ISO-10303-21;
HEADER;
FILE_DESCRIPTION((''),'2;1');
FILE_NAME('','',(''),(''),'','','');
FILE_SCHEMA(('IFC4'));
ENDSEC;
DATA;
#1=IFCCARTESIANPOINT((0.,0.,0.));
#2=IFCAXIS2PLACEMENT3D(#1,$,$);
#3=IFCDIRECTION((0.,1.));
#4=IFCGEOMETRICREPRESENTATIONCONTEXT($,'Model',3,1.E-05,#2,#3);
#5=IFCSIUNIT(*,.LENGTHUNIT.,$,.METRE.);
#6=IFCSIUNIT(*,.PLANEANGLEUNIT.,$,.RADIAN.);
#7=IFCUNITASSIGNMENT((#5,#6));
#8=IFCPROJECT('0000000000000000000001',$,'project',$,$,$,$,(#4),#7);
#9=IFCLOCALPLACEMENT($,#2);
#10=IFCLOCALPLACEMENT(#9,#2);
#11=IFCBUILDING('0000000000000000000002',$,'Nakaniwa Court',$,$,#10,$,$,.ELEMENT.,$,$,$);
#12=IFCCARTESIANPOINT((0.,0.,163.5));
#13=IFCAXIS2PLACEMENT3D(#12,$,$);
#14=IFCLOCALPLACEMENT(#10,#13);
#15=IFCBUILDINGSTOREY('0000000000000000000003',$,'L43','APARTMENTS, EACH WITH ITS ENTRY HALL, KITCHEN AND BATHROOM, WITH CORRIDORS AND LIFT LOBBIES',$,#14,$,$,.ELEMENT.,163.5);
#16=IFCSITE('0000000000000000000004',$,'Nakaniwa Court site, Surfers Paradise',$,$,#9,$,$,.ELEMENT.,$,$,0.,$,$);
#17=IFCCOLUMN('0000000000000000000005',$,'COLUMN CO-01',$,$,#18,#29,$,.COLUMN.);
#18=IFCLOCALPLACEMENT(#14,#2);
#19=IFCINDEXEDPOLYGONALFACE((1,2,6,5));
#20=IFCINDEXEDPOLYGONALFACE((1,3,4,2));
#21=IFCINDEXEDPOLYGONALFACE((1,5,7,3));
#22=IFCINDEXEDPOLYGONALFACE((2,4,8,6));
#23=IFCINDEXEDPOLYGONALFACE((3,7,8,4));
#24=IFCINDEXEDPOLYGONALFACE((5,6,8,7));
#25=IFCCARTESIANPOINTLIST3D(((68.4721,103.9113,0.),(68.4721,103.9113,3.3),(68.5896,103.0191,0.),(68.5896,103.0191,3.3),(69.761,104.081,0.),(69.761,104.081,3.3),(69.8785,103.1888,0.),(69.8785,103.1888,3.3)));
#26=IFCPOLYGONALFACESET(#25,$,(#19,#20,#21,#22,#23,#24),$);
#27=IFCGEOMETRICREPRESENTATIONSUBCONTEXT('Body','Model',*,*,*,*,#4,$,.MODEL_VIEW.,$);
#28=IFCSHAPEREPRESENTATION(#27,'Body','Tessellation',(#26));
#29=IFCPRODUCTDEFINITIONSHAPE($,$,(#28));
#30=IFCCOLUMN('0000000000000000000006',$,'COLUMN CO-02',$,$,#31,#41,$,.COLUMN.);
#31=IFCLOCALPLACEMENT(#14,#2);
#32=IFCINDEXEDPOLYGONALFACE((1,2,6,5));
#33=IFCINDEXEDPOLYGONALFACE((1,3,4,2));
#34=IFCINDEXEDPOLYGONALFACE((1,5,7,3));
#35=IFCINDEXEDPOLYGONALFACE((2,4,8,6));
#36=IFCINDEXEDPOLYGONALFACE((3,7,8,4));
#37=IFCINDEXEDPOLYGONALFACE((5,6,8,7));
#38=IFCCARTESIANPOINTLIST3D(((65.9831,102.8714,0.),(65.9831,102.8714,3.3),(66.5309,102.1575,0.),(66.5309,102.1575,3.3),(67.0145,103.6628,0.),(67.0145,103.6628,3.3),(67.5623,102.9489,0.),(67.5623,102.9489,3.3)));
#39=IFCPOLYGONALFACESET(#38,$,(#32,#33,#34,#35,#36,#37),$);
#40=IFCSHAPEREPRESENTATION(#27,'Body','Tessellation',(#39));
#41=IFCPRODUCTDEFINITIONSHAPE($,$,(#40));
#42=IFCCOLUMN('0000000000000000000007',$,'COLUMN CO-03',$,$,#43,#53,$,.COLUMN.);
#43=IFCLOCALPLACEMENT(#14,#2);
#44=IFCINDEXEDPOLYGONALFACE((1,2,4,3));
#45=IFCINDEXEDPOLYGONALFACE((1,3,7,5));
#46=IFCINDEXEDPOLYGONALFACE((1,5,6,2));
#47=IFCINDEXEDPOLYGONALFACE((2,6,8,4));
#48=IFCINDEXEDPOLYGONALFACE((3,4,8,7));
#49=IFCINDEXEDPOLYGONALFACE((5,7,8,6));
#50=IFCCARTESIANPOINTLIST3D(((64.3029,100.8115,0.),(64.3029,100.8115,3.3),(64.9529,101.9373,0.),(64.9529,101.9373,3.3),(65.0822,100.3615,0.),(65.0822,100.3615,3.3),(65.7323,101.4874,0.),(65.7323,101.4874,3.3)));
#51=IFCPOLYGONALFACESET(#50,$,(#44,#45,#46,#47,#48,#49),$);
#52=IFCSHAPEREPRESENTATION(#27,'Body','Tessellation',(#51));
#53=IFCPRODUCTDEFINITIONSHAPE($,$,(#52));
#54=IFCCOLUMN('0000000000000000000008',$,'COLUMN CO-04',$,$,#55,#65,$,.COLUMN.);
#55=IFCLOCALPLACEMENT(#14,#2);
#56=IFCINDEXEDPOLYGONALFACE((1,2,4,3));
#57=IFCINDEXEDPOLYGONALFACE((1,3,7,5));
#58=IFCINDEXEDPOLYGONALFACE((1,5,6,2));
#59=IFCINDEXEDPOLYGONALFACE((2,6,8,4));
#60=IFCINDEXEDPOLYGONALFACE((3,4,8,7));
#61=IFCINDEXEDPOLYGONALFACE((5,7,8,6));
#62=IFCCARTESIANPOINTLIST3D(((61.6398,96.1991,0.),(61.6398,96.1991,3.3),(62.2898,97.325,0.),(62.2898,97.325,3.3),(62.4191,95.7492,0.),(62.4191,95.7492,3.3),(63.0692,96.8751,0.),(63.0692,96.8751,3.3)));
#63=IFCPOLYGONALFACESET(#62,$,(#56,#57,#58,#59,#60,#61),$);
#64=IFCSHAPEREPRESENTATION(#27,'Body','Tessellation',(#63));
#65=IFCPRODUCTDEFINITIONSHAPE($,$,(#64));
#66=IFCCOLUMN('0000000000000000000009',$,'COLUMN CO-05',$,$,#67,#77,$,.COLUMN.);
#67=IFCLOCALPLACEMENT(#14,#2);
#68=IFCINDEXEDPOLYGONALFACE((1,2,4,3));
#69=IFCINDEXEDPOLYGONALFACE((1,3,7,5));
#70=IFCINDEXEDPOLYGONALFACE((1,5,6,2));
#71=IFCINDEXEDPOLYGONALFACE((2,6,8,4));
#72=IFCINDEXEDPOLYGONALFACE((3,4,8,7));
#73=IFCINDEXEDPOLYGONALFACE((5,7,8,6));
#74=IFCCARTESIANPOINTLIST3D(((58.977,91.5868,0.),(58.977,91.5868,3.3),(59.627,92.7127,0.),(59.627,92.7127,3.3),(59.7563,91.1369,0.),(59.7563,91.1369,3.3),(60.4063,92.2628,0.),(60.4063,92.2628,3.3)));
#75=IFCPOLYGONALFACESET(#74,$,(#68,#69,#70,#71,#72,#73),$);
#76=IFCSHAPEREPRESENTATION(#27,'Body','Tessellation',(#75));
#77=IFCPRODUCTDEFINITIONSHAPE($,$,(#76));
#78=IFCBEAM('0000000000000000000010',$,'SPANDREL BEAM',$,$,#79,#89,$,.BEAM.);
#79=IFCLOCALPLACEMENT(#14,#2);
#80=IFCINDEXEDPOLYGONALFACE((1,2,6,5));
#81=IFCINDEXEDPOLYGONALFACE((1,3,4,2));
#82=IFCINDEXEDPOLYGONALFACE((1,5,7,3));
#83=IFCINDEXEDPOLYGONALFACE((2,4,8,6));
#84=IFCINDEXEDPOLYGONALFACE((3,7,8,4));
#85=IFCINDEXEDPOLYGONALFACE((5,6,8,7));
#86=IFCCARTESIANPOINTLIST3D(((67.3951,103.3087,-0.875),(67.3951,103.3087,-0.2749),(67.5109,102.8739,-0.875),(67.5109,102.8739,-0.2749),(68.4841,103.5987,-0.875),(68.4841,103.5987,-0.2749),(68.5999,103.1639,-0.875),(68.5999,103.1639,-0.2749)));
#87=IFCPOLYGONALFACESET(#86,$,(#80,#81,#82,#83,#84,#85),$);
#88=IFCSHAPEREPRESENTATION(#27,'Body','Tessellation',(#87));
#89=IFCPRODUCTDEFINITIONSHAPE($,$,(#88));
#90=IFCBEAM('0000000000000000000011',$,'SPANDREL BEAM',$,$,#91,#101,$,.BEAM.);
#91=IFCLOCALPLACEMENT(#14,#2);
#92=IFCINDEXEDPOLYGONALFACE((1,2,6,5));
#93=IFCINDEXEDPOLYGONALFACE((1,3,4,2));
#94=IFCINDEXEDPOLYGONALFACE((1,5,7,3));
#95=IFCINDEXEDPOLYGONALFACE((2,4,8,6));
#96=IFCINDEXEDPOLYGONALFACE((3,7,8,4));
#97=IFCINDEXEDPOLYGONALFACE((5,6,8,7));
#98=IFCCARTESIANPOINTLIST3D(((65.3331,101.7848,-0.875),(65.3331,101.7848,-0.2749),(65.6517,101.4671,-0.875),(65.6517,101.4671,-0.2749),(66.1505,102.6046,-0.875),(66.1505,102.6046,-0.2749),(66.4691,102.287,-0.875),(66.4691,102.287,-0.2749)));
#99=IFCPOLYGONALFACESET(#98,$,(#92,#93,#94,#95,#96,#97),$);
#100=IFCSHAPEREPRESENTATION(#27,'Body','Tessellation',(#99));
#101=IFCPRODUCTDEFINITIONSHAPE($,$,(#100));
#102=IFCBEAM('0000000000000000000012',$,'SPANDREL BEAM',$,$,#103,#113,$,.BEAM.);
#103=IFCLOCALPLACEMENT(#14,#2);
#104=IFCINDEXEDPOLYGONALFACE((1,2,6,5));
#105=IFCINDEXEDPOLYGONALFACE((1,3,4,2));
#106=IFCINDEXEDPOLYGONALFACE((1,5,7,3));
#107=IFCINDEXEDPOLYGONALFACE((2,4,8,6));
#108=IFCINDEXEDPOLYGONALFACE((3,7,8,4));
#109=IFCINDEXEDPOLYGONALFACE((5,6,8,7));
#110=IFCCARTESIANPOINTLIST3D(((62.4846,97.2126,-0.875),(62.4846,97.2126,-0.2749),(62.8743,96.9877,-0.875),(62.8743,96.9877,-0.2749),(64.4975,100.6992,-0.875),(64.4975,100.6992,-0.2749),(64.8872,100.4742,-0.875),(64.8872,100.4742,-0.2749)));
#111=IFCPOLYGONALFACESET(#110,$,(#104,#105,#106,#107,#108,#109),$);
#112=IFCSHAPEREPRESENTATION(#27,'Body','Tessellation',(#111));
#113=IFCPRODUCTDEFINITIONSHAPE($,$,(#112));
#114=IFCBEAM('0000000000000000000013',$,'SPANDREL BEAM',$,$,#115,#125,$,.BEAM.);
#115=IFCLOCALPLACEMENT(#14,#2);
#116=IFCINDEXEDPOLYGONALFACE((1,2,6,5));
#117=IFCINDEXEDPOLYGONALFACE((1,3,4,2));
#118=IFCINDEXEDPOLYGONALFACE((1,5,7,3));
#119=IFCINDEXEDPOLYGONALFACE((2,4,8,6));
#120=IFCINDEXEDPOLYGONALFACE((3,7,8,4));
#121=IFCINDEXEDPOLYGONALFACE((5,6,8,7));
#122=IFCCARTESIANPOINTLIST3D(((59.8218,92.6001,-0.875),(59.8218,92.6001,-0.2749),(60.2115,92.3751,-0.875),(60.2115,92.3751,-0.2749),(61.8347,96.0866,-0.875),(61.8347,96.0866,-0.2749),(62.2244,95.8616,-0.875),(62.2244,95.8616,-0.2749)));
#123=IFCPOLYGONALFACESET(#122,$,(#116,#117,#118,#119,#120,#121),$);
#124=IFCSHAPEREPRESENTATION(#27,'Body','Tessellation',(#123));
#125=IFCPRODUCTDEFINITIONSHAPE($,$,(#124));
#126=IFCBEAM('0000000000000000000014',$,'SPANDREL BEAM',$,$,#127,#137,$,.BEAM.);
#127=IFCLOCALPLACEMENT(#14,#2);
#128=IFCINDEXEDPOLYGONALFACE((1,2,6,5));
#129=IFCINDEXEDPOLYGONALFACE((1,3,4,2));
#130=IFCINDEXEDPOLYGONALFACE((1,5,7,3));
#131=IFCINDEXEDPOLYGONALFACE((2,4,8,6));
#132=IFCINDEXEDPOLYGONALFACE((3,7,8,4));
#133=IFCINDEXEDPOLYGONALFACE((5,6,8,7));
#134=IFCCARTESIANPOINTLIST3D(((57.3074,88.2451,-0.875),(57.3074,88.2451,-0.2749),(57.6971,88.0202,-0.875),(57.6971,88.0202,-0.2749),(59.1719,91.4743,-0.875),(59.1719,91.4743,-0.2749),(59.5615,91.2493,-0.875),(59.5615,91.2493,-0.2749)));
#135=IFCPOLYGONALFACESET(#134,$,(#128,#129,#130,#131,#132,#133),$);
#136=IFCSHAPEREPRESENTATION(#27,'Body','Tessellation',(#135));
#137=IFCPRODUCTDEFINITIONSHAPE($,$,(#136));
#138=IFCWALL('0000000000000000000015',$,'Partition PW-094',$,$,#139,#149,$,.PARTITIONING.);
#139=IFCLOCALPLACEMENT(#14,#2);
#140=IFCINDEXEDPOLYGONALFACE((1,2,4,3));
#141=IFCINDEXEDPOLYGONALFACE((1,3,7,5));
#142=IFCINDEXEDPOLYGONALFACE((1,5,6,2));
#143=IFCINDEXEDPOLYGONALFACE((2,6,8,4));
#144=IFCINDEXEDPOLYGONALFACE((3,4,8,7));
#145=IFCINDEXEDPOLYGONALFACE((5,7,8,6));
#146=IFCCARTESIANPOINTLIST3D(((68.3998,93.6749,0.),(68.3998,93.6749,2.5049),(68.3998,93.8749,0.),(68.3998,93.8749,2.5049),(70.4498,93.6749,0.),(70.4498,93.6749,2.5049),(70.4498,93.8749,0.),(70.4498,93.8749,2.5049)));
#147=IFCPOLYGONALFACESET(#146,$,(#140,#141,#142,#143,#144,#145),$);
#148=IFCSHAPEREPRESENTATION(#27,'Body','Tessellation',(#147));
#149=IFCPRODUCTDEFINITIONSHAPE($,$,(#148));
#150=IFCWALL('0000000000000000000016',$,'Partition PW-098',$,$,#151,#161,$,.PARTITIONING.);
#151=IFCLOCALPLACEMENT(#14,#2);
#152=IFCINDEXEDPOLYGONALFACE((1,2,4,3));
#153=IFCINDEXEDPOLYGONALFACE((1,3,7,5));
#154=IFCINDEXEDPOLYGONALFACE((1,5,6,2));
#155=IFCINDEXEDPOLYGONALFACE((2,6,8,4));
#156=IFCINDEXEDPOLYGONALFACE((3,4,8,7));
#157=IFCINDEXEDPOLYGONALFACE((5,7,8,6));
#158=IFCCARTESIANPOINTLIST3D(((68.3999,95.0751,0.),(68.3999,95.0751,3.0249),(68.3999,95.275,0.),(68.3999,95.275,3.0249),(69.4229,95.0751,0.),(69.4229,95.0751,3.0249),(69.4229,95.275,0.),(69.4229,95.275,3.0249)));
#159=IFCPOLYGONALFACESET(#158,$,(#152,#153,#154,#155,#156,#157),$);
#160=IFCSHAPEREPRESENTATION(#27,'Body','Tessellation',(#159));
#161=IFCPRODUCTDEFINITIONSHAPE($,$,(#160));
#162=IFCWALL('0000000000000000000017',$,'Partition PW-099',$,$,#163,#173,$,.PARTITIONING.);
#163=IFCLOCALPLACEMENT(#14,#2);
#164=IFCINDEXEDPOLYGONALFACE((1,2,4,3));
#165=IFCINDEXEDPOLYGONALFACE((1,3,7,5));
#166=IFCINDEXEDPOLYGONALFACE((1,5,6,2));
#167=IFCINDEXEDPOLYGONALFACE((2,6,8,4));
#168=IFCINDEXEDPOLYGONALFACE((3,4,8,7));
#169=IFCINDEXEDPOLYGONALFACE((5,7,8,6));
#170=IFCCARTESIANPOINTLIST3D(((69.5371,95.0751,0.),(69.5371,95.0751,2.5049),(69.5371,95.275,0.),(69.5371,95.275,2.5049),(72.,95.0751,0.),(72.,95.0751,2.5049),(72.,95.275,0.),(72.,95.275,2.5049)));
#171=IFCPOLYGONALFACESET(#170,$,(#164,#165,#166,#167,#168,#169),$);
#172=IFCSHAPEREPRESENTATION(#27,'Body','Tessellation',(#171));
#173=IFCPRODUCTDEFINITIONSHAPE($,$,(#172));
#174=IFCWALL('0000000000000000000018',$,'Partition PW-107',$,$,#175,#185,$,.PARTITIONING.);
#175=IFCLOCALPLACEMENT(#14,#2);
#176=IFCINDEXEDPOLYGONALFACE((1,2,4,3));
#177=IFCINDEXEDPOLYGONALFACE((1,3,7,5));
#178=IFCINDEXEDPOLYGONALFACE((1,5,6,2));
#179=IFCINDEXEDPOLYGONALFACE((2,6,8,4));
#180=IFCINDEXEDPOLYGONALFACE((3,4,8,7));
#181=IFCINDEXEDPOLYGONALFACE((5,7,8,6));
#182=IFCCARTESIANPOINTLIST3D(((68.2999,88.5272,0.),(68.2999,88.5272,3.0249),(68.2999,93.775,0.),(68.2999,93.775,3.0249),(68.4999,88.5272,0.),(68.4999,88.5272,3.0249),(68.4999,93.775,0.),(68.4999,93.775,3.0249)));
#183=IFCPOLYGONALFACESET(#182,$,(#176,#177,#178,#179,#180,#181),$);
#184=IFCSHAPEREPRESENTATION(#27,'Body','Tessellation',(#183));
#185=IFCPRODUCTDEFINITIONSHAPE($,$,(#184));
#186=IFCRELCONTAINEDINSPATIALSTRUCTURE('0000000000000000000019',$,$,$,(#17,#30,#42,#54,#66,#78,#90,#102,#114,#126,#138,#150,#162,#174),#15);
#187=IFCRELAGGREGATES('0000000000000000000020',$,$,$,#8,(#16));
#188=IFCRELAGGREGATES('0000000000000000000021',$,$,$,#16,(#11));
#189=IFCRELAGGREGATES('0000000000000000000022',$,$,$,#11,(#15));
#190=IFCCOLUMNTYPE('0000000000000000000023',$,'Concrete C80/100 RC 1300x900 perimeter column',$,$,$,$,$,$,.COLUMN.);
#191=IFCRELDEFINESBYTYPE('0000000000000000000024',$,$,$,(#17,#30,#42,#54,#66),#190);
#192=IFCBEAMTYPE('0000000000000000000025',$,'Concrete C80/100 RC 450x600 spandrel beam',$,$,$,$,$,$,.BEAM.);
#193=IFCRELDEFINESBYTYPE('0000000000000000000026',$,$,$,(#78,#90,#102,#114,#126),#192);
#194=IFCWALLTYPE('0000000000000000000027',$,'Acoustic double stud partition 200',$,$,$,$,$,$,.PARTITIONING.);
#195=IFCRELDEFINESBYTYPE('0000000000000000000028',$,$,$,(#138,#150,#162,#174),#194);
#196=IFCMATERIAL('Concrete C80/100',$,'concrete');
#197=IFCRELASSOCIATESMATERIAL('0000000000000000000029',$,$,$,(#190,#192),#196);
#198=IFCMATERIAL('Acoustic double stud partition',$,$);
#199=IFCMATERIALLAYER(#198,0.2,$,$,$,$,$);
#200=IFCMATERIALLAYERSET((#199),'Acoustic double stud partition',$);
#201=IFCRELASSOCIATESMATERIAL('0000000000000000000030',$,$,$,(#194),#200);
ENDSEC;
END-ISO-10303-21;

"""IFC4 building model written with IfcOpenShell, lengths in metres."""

from ifc_helpers import new_model, si_unit, direction, frame, frame_2d, origin, origin_2d, place, context, subcontext, project, spatial, rectangle, extrude, material, layer, layer_set, material_profile, profile_set, type_object, element, save


model = new_model("IFC4")

# Units and contexts
model_context = context("Model", 3, precision=1e-05, world=origin(), true_north=direction((0.0, 1.0)))
body_context = subcontext(model_context, "Body", "Model", "MODEL_VIEW")
ifc_project = project(units=[si_unit("LENGTHUNIT", "METRE"), si_unit("PLANEANGLEUNIT", "RADIAN")], contexts=[model_context])

# Site, building, storey
site_placement = place(None, origin())
site = spatial("IfcSite", under=ifc_project, at=site_placement, Name="Nakaniwa Court site, Surfers Paradise", CompositionType="ELEMENT", RefElevation=0.0)
building_placement = place(site_placement, origin())
building = spatial("IfcBuilding", under=site, at=building_placement, Name="Nakaniwa Court", CompositionType="ELEMENT")
storey_placement = place(building_placement, frame((0.0, 0.0, 163.5)))
storey = spatial("IfcBuildingStorey", under=building, at=storey_placement, Name="L43", Description="APARTMENTS, EACH WITH ITS ENTRY HALL, KITCHEN AND BATHROOM, WITH CORRIDORS AND LIFT LOBBIES", CompositionType="ELEMENT", Elevation=163.5)

# Columns
ifc_material_1 = material(Name="Concrete C80/100", Category="concrete")
ifc_material_profile_1 = material_profile(ifc_material_1, rectangle(XDim=1.3, YDim=0.8999, at=origin_2d()), Name="Concrete C80/100 RC 1300x900 perimeter column")
ifc_profile_set_1 = profile_set([ifc_material_profile_1], Name="Concrete C80/100")
column_type = type_object("IfcColumnType", Name="Concrete C80/100 RC 1300x900 perimeter column", PredefinedType="COLUMN", material=ifc_profile_set_1)
for number, where, z_axis, x_axis, name in (
    (1, (69.1753, 103.55, 0.0), (0.0, 0.0, 1.0), (-0.991443, -0.130543, 0.0), "COLUMN CO-01"),
    (2, (66.7727, 102.9102, 0.0), (0.0, 0.0, 1.0), (-0.793364, -0.608748, 0.0), "COLUMN CO-02"),
    (3, (65.0176, 101.1494, 0.0), (0.0, 0.0, 1.0), (-0.5, -0.866025, 0.0), "COLUMN CO-03"),
    (4, (62.3545, 96.5371, 0.0), (0.0, 0.0, 1.0), (-0.5, -0.866025, 0.0), "COLUMN CO-04"),
    (5, (59.6917, 91.9248, 0.0), (0.0, 0.0, 1.0), (-0.5, -0.866025, 0.0), "COLUMN CO-05"),
):
    element("IfcColumn", number, at=place(storey_placement, frame(where, z_axis=z_axis, x_axis=x_axis)), inside=storey, type_object=column_type, Name=name, PredefinedType="COLUMN", context=body_context, shape_type="SweptSolid", body=[
        extrude(rectangle(XDim=1.3, YDim=0.8999, at=origin_2d()), origin(), (0.0, 0.0, 1.0), 3.3),
    ])

# Beams
ifc_material_profile_2 = material_profile(ifc_material_1, rectangle(XDim=0.45, YDim=0.6001, at=origin_2d()), Name="Concrete C80/100 RC 450x600 spandrel beam")
ifc_profile_set_2 = profile_set([ifc_material_profile_2], Name="Concrete C80/100")
beam_type = type_object("IfcBeamType", Name="Concrete C80/100 RC 450x600 spandrel beam", PredefinedType="BEAM", material=ifc_profile_set_2)
beam_1_placement = place(storey_placement, frame((68.542, 103.3813, -0.575), z_axis=(-0.966321, -0.257339, 0.0), x_axis=(0.257339, -0.966321, 0.0)))
element("IfcBeam", 6, at=beam_1_placement, inside=storey, type_object=beam_type, Name="SPANDREL BEAM", PredefinedType="BEAM", context=body_context, shape_type="SweptSolid", body=[
    extrude(rectangle(XDim=0.45, YDim=0.6001, at=origin_2d()), origin(), (0.0, 0.0, 1.0), 1.127),
])
beam_2_placement = place(storey_placement, frame((66.3098, 102.4458, -0.575), z_axis=(-0.706052, -0.70816, 0.0), x_axis=(0.70816, -0.706052, 0.0)))
element("IfcBeam", 7, at=beam_2_placement, inside=storey, type_object=beam_type, Name="SPANDREL BEAM", PredefinedType="BEAM", context=body_context, shape_type="SweptSolid", body=[
    extrude(rectangle(XDim=0.45, YDim=0.6001, at=origin_2d()), origin(), (0.0, 0.0, 1.0), 1.1577),
])
for number, where, z_axis, x_axis, name in (
    (8, (64.6924, 100.5867, -0.575), (-0.499994, -0.866029, 0.0), (0.866029, -0.499994, 0.0), "SPANDREL BEAM"),
    (9, (62.0295, 95.9741, -0.575), (-0.499994, -0.866029, 0.0), (0.866029, -0.499994, 0.0), "SPANDREL BEAM"),
):
    element("IfcBeam", number, at=place(storey_placement, frame(where, z_axis=z_axis, x_axis=x_axis)), inside=storey, type_object=beam_type, Name=name, PredefinedType="BEAM", context=body_context, shape_type="SweptSolid", body=[
        extrude(rectangle(XDim=0.45, YDim=0.6001, at=origin_2d()), origin(), (0.0, 0.0, 1.0), 4.0259),
    ])
beam_3_placement = place(storey_placement, frame((59.3667, 91.3618, -0.575), z_axis=(-0.500019, -0.866014, 0.0), x_axis=(0.866014, -0.500019, 0.0)))
element("IfcBeam", 10, at=beam_3_placement, inside=storey, type_object=beam_type, Name="SPANDREL BEAM", PredefinedType="BEAM", context=body_context, shape_type="SweptSolid", body=[
    extrude(rectangle(XDim=0.45, YDim=0.6001, at=origin_2d()), origin(), (0.0, 0.0, 1.0), 3.7288),
])

# Walls
ifc_material_2 = material(Name="Acoustic double stud partition")
ifc_layer_1 = layer(ifc_material_2, 0.2)
ifc_layer_set_1 = layer_set([ifc_layer_1], Name="Acoustic double stud partition")
wall_type_1 = type_object("IfcWallType", Name="Acoustic double stud partition 200", PredefinedType="PARTITIONING", material=ifc_layer_set_1)
wall_1_placement = place(storey_placement, frame((68.3999, 93.7749, 0.0), z_axis=(0.0, 0.0, 1.0), x_axis=(1.0, 0.0, 0.0)))
element("IfcWall", 11, at=wall_1_placement, inside=storey, type_object=wall_type_1, Name="Partition PW-094", PredefinedType="PARTITIONING", context=body_context, shape_type="SweptSolid", body=[
    extrude(rectangle(XDim=2.05, YDim=0.2, at=frame_2d((1.0249, 0.0))), origin(), (0.0, 0.0, 1.0), 2.5049),
])
wall_2_placement = place(storey_placement, frame((68.3999, 95.175, 0.0), z_axis=(0.0, 0.0, 1.0), x_axis=(1.0, 0.0, 0.0)))
element("IfcWall", 12, at=wall_2_placement, inside=storey, type_object=wall_type_1, Name="Partition PW-098", PredefinedType="PARTITIONING", context=body_context, shape_type="SweptSolid", body=[
    extrude(rectangle(XDim=1.0229, YDim=0.2, at=frame_2d((0.5115, 0.0))), origin(), (0.0, 0.0, 1.0), 3.0249),
])
wall_3_placement = place(storey_placement, frame((69.5371, 95.175, 0.0), z_axis=(0.0, 0.0, 1.0), x_axis=(1.0, 0.0, 0.0)))
element("IfcWall", 13, at=wall_3_placement, inside=storey, type_object=wall_type_1, Name="Partition PW-099", PredefinedType="PARTITIONING", context=body_context, shape_type="SweptSolid", body=[
    extrude(rectangle(XDim=2.4629, YDim=0.2, at=frame_2d((1.2314, 0.0))), origin(), (0.0, 0.0, 1.0), 2.5049),
])
wall_4_placement = place(storey_placement, frame((68.3999, 88.5271, 0.0), z_axis=(0.0, 0.0, 1.0), x_axis=(0.0, 1.0, 0.0)))
element("IfcWall", 14, at=wall_4_placement, inside=storey, type_object=wall_type_1, Name="Partition PW-107", PredefinedType="PARTITIONING", context=body_context, shape_type="SweptSolid", body=[
    extrude(rectangle(XDim=5.2478, YDim=0.2, at=frame_2d((2.624, 0.0))), origin(), (0.0, 0.0, 1.0), 3.0249),
])

save(model, "model.ifc")
